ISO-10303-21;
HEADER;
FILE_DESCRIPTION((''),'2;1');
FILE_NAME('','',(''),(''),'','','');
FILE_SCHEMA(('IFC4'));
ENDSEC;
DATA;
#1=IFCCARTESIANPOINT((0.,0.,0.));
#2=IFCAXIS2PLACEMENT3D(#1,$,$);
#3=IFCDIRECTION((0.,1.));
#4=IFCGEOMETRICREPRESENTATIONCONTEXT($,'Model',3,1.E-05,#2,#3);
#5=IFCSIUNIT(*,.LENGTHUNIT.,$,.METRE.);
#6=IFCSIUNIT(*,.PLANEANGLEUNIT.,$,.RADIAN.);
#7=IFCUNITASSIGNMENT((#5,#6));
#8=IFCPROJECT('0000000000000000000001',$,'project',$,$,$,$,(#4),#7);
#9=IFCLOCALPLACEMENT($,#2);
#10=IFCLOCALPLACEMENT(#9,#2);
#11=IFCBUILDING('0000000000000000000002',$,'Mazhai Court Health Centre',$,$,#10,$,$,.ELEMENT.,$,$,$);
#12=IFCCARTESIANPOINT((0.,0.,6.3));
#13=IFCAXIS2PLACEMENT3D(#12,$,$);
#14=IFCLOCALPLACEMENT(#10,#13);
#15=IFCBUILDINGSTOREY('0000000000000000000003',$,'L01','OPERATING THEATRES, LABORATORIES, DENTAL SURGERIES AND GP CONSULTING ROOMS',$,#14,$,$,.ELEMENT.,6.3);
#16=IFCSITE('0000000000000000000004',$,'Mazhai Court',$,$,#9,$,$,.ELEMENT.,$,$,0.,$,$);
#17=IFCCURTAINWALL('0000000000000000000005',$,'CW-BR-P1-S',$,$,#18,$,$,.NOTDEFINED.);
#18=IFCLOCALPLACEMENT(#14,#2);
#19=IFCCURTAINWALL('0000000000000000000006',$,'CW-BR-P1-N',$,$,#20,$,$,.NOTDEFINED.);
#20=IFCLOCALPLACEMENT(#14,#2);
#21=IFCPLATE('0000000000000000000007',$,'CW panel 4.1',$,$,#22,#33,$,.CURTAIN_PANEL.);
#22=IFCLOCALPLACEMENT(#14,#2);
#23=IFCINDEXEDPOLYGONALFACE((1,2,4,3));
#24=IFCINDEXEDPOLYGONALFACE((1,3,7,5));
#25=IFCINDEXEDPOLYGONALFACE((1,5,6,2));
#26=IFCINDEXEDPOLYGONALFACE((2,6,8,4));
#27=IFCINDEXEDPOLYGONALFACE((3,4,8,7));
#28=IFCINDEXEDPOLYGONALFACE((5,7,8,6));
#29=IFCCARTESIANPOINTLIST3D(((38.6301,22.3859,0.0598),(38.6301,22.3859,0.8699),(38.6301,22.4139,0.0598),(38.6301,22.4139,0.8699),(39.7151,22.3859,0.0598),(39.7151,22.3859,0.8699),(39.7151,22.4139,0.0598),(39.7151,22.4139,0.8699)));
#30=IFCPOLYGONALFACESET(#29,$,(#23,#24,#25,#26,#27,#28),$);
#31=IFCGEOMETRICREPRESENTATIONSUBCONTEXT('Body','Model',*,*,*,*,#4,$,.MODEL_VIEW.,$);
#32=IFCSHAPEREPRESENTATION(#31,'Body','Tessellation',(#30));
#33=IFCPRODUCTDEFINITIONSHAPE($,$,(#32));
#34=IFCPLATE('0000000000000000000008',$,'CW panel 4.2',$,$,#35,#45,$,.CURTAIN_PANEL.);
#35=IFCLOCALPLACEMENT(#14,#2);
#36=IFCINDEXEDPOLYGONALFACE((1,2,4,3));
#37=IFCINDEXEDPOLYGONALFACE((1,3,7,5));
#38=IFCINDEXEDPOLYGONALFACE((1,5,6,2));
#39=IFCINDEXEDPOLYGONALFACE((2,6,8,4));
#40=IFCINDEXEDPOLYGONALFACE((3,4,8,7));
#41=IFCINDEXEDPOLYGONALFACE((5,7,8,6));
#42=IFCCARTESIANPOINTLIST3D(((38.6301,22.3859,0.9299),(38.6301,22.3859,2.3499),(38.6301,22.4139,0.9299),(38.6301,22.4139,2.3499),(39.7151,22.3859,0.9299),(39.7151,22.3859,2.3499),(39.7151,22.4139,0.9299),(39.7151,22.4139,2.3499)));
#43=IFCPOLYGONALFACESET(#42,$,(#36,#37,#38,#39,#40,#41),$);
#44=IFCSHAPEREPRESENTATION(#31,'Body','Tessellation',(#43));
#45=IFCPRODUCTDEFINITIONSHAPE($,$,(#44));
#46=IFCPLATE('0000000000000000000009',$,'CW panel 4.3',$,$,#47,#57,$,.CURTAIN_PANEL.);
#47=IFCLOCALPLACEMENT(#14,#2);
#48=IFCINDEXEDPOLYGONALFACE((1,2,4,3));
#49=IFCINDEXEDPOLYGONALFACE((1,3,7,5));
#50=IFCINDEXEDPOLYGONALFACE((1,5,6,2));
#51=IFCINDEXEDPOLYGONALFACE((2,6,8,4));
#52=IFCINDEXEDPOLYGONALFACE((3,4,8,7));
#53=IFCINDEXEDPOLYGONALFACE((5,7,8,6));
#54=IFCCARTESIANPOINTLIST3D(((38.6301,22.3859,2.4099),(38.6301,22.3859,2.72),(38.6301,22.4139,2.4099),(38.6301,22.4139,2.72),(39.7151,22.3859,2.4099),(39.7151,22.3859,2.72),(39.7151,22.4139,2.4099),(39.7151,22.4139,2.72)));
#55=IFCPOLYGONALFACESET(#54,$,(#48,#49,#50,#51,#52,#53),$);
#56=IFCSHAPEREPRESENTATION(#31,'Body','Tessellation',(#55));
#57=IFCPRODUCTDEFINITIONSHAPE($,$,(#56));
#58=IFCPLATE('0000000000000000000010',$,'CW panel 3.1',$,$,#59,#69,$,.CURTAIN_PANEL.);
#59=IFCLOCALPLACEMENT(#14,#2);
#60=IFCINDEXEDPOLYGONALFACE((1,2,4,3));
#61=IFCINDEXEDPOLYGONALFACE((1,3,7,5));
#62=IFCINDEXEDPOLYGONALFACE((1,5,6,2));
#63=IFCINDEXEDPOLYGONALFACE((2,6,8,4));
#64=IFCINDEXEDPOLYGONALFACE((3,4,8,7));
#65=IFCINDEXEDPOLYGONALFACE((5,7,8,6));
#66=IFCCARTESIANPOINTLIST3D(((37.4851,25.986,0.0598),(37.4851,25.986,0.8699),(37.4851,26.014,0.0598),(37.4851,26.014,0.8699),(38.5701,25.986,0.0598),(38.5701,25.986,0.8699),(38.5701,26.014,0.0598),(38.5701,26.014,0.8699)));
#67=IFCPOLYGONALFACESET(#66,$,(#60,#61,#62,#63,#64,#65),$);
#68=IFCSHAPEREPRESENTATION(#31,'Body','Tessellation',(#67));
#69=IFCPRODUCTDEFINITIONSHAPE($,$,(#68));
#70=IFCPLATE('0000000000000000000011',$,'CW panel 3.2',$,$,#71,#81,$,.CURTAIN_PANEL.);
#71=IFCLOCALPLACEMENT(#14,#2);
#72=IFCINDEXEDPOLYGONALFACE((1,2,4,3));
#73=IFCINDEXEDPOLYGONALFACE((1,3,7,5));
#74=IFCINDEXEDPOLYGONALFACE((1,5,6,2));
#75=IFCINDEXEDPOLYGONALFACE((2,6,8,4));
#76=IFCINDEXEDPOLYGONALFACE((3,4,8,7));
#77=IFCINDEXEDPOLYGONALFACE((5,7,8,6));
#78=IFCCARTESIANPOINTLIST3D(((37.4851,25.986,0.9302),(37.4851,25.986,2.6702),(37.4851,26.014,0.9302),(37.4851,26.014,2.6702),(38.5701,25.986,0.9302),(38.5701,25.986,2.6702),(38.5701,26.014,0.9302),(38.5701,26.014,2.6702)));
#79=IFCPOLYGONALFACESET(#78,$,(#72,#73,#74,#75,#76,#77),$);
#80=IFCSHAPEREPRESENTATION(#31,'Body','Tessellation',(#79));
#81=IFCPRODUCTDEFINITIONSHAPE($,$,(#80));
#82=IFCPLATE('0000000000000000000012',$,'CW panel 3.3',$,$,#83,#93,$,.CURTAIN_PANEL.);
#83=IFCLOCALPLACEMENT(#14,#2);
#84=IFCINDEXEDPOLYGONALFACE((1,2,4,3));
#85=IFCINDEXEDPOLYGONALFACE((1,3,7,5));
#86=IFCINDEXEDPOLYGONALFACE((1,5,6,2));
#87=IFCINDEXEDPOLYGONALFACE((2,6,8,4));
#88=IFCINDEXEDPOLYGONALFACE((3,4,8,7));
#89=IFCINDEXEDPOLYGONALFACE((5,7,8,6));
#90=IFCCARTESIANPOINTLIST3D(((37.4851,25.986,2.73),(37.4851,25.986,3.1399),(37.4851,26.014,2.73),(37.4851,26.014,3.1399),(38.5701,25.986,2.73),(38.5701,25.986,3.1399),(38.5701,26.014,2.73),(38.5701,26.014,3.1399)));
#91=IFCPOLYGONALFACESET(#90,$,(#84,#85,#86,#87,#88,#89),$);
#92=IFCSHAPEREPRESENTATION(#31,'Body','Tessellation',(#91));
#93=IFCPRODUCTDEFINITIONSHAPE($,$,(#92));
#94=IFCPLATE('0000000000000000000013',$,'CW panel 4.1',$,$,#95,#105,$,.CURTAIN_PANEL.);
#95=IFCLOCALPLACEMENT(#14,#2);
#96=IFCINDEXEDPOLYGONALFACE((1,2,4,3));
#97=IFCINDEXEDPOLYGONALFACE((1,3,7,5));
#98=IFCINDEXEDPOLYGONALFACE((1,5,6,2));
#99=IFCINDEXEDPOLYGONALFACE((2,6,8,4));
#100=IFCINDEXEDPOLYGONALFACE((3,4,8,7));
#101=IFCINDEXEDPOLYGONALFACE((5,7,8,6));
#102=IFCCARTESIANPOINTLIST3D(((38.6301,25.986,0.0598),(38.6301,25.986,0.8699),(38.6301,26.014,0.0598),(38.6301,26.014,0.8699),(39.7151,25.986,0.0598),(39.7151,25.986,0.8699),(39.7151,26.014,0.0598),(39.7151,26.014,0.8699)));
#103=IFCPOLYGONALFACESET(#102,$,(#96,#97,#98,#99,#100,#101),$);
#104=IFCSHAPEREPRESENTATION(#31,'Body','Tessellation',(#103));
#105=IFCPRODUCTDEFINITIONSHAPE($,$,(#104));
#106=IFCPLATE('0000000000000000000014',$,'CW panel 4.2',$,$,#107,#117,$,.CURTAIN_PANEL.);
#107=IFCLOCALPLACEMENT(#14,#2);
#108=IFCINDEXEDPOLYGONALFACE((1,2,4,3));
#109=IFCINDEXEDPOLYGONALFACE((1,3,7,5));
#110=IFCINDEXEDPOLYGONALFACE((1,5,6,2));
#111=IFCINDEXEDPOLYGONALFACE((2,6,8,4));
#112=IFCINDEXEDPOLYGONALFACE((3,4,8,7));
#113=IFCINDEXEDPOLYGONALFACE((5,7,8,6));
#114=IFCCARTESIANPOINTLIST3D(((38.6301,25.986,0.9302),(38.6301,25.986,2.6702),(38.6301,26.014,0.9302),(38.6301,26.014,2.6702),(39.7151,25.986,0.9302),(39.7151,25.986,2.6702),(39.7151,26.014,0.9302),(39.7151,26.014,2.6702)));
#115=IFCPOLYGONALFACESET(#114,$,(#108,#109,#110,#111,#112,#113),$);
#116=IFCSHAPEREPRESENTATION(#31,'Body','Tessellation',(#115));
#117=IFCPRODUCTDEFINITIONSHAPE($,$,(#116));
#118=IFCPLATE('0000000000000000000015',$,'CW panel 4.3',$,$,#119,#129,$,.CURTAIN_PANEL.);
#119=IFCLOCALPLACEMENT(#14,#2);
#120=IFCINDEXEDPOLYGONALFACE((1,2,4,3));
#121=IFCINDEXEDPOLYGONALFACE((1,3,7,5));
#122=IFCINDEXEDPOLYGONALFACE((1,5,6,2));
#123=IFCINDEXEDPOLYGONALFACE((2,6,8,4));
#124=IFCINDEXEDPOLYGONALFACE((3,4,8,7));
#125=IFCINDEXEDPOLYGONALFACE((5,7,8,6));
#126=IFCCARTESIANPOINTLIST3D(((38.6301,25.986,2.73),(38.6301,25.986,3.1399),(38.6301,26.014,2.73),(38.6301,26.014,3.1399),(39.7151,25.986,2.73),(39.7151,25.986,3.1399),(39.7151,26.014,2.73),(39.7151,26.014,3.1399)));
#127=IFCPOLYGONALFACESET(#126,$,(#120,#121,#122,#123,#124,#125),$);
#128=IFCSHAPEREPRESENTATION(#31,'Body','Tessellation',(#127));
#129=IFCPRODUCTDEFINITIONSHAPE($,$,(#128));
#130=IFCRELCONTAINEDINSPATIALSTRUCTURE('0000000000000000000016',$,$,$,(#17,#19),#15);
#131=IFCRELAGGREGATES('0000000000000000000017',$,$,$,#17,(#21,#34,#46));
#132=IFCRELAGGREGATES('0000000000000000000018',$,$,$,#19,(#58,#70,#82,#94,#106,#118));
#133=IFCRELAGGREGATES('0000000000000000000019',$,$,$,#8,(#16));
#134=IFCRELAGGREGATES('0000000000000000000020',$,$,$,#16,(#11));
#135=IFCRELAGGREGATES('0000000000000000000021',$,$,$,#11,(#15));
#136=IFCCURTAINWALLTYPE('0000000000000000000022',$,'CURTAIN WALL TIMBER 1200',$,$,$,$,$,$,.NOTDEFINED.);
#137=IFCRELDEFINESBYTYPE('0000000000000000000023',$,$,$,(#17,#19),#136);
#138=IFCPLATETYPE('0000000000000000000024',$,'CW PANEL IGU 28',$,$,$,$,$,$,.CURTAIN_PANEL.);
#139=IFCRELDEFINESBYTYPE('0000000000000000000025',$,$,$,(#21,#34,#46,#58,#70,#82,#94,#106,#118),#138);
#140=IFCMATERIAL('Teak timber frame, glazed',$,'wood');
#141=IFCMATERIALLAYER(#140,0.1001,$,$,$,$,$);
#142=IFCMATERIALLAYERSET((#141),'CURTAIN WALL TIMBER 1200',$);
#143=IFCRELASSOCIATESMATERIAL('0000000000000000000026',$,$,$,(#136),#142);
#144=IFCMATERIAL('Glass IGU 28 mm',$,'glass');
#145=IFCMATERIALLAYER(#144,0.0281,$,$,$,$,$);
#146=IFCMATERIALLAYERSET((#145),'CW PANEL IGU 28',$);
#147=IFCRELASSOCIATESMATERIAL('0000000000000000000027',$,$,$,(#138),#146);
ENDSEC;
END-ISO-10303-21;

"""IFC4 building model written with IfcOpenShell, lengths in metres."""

from ifc_helpers import new_model, si_unit, direction, frame, origin, origin_2d, place, context, subcontext, project, spatial, rectangle, extrude, material, layer, layer_set, type_object, element, aggregate, save


model = new_model("IFC4")

# Units and contexts
model_context = context("Model", 3, precision=1e-05, world=origin(), true_north=direction((0.0, 1.0)))
body_context = subcontext(model_context, "Body", "Model", "MODEL_VIEW")
ifc_project = project(units=[si_unit("LENGTHUNIT", "METRE"), si_unit("PLANEANGLEUNIT", "RADIAN")], contexts=[model_context])

# Site, building, storey
site_placement = place(None, origin())
site = spatial("IfcSite", under=ifc_project, at=site_placement, Name="Mazhai Court", CompositionType="ELEMENT", RefElevation=0.0)
building_placement = place(site_placement, origin())
building = spatial("IfcBuilding", under=site, at=building_placement, Name="Mazhai Court Health Centre", CompositionType="ELEMENT")
storey_placement = place(building_placement, frame((0.0, 0.0, 6.3)))
storey = spatial("IfcBuildingStorey", under=building, at=storey_placement, Name="L01", Description="OPERATING THEATRES, LABORATORIES, DENTAL SURGERIES AND GP CONSULTING ROOMS", CompositionType="ELEMENT", Elevation=6.3)

# Curtain walls
ifc_material_1 = material(Name="Teak timber frame, glazed", Category="wood")
ifc_layer_1 = layer(ifc_material_1, 0.1001)
ifc_layer_set_1 = layer_set([ifc_layer_1], Name="CURTAIN WALL TIMBER 1200")
curtain_wall_type = type_object("IfcCurtainWallType", Name="CURTAIN WALL TIMBER 1200", PredefinedType="NOTDEFINED", material=ifc_layer_set_1)
curtain_wall_1_placement = place(storey_placement, origin())
curtain_wall_1 = element("IfcCurtainWall", 1, at=curtain_wall_1_placement, inside=storey, type_object=curtain_wall_type, Name="CW-BR-P1-S", PredefinedType="NOTDEFINED")
curtain_wall_2_placement = place(storey_placement, origin())
curtain_wall_2 = element("IfcCurtainWall", 2, at=curtain_wall_2_placement, inside=storey, type_object=curtain_wall_type, Name="CW-BR-P1-N", PredefinedType="NOTDEFINED")

# Plates
ifc_material_2 = material(Name="Glass IGU 28 mm", Category="glass")
ifc_layer_2 = layer(ifc_material_2, 0.0281)
ifc_layer_set_2 = layer_set([ifc_layer_2], Name="CW PANEL IGU 28")
plate_type = type_object("IfcPlateType", Name="CW PANEL IGU 28", PredefinedType="CURTAIN_PANEL", material=ifc_layer_set_2)
plate_1_placement = place(storey_placement, frame((39.1726, 22.3999, 0.0598), z_axis=(0.0, 0.0, 1.0), x_axis=(1.0, 0.0, 0.0)))
plate_1 = element("IfcPlate", 3, at=plate_1_placement, type_object=plate_type, Name="CW panel 4.1", PredefinedType="CURTAIN_PANEL", context=body_context, shape_type="SweptSolid", body=[
    extrude(rectangle(XDim=1.085, YDim=0.0281, at=origin_2d()), origin(), (0.0, 0.0, 1.0), 0.8101),
])
plate_2_placement = place(storey_placement, frame((39.1726, 22.3999, 0.9299), z_axis=(0.0, 0.0, 1.0), x_axis=(1.0, 0.0, 0.0)))
plate_2 = element("IfcPlate", 4, at=plate_2_placement, type_object=plate_type, Name="CW panel 4.2", PredefinedType="CURTAIN_PANEL", context=body_context, shape_type="SweptSolid", body=[
    extrude(rectangle(XDim=1.085, YDim=0.0281, at=origin_2d()), origin(), (0.0, 0.0, 1.0), 1.4199),
])
plate_3_placement = place(storey_placement, frame((39.1726, 22.3999, 2.4099), z_axis=(0.0, 0.0, 1.0), x_axis=(1.0, 0.0, 0.0)))
plate_3 = element("IfcPlate", 5, at=plate_3_placement, type_object=plate_type, Name="CW panel 4.3", PredefinedType="CURTAIN_PANEL", context=body_context, shape_type="SweptSolid", body=[
    extrude(rectangle(XDim=1.085, YDim=0.0281, at=origin_2d()), origin(), (0.0, 0.0, 1.0), 0.3101),
])
aggregate(curtain_wall_1, [plate_1, plate_2, plate_3])
plate_4_placement = place(storey_placement, frame((38.0276, 26.0, 0.0598), z_axis=(0.0, 0.0, 1.0), x_axis=(1.0, 0.0, 0.0)))
plate_4 = element("IfcPlate", 6, at=plate_4_placement, type_object=plate_type, Name="CW panel 3.1", PredefinedType="CURTAIN_PANEL", context=body_context, shape_type="SweptSolid", body=[
    extrude(rectangle(XDim=1.085, YDim=0.0281, at=origin_2d()), origin(), (0.0, 0.0, 1.0), 0.8101),
])
plate_5_placement = place(storey_placement, frame((38.0276, 26.0, 0.9302), z_axis=(0.0, 0.0, 1.0), x_axis=(1.0, 0.0, 0.0)))
plate_5 = element("IfcPlate", 7, at=plate_5_placement, type_object=plate_type, Name="CW panel 3.2", PredefinedType="CURTAIN_PANEL", context=body_context, shape_type="SweptSolid", body=[
    extrude(rectangle(XDim=1.085, YDim=0.0281, at=origin_2d()), origin(), (0.0, 0.0, 1.0), 1.74),
])
plate_6_placement = place(storey_placement, frame((38.0276, 26.0, 2.73), z_axis=(0.0, 0.0, 1.0), x_axis=(1.0, 0.0, 0.0)))
plate_6 = element("IfcPlate", 8, at=plate_6_placement, type_object=plate_type, Name="CW panel 3.3", PredefinedType="CURTAIN_PANEL", context=body_context, shape_type="SweptSolid", body=[
    extrude(rectangle(XDim=1.085, YDim=0.0281, at=origin_2d()), origin(), (0.0, 0.0, 1.0), 0.4099),
])
plate_7_placement = place(storey_placement, frame((39.1726, 26.0, 0.0598), z_axis=(0.0, 0.0, 1.0), x_axis=(1.0, 0.0, 0.0)))
plate_7 = element("IfcPlate", 9, at=plate_7_placement, type_object=plate_type, Name="CW panel 4.1", PredefinedType="CURTAIN_PANEL", context=body_context, shape_type="SweptSolid", body=[
    extrude(rectangle(XDim=1.085, YDim=0.0281, at=origin_2d()), origin(), (0.0, 0.0, 1.0), 0.8101),
])
plate_8_placement = place(storey_placement, frame((39.1726, 26.0, 0.9302), z_axis=(0.0, 0.0, 1.0), x_axis=(1.0, 0.0, 0.0)))
plate_8 = element("IfcPlate", 10, at=plate_8_placement, type_object=plate_type, Name="CW panel 4.2", PredefinedType="CURTAIN_PANEL", context=body_context, shape_type="SweptSolid", body=[
    extrude(rectangle(XDim=1.085, YDim=0.0281, at=origin_2d()), origin(), (0.0, 0.0, 1.0), 1.74),
])
plate_9_placement = place(storey_placement, frame((39.1726, 26.0, 2.73), z_axis=(0.0, 0.0, 1.0), x_axis=(1.0, 0.0, 0.0)))
plate_9 = element("IfcPlate", 11, at=plate_9_placement, type_object=plate_type, Name="CW panel 4.3", PredefinedType="CURTAIN_PANEL", context=body_context, shape_type="SweptSolid", body=[
    extrude(rectangle(XDim=1.085, YDim=0.0281, at=origin_2d()), origin(), (0.0, 0.0, 1.0), 0.4099),
])
aggregate(curtain_wall_2, [plate_4, plate_5, plate_6, plate_7, plate_8, plate_9])

save(model, "model.ifc")
